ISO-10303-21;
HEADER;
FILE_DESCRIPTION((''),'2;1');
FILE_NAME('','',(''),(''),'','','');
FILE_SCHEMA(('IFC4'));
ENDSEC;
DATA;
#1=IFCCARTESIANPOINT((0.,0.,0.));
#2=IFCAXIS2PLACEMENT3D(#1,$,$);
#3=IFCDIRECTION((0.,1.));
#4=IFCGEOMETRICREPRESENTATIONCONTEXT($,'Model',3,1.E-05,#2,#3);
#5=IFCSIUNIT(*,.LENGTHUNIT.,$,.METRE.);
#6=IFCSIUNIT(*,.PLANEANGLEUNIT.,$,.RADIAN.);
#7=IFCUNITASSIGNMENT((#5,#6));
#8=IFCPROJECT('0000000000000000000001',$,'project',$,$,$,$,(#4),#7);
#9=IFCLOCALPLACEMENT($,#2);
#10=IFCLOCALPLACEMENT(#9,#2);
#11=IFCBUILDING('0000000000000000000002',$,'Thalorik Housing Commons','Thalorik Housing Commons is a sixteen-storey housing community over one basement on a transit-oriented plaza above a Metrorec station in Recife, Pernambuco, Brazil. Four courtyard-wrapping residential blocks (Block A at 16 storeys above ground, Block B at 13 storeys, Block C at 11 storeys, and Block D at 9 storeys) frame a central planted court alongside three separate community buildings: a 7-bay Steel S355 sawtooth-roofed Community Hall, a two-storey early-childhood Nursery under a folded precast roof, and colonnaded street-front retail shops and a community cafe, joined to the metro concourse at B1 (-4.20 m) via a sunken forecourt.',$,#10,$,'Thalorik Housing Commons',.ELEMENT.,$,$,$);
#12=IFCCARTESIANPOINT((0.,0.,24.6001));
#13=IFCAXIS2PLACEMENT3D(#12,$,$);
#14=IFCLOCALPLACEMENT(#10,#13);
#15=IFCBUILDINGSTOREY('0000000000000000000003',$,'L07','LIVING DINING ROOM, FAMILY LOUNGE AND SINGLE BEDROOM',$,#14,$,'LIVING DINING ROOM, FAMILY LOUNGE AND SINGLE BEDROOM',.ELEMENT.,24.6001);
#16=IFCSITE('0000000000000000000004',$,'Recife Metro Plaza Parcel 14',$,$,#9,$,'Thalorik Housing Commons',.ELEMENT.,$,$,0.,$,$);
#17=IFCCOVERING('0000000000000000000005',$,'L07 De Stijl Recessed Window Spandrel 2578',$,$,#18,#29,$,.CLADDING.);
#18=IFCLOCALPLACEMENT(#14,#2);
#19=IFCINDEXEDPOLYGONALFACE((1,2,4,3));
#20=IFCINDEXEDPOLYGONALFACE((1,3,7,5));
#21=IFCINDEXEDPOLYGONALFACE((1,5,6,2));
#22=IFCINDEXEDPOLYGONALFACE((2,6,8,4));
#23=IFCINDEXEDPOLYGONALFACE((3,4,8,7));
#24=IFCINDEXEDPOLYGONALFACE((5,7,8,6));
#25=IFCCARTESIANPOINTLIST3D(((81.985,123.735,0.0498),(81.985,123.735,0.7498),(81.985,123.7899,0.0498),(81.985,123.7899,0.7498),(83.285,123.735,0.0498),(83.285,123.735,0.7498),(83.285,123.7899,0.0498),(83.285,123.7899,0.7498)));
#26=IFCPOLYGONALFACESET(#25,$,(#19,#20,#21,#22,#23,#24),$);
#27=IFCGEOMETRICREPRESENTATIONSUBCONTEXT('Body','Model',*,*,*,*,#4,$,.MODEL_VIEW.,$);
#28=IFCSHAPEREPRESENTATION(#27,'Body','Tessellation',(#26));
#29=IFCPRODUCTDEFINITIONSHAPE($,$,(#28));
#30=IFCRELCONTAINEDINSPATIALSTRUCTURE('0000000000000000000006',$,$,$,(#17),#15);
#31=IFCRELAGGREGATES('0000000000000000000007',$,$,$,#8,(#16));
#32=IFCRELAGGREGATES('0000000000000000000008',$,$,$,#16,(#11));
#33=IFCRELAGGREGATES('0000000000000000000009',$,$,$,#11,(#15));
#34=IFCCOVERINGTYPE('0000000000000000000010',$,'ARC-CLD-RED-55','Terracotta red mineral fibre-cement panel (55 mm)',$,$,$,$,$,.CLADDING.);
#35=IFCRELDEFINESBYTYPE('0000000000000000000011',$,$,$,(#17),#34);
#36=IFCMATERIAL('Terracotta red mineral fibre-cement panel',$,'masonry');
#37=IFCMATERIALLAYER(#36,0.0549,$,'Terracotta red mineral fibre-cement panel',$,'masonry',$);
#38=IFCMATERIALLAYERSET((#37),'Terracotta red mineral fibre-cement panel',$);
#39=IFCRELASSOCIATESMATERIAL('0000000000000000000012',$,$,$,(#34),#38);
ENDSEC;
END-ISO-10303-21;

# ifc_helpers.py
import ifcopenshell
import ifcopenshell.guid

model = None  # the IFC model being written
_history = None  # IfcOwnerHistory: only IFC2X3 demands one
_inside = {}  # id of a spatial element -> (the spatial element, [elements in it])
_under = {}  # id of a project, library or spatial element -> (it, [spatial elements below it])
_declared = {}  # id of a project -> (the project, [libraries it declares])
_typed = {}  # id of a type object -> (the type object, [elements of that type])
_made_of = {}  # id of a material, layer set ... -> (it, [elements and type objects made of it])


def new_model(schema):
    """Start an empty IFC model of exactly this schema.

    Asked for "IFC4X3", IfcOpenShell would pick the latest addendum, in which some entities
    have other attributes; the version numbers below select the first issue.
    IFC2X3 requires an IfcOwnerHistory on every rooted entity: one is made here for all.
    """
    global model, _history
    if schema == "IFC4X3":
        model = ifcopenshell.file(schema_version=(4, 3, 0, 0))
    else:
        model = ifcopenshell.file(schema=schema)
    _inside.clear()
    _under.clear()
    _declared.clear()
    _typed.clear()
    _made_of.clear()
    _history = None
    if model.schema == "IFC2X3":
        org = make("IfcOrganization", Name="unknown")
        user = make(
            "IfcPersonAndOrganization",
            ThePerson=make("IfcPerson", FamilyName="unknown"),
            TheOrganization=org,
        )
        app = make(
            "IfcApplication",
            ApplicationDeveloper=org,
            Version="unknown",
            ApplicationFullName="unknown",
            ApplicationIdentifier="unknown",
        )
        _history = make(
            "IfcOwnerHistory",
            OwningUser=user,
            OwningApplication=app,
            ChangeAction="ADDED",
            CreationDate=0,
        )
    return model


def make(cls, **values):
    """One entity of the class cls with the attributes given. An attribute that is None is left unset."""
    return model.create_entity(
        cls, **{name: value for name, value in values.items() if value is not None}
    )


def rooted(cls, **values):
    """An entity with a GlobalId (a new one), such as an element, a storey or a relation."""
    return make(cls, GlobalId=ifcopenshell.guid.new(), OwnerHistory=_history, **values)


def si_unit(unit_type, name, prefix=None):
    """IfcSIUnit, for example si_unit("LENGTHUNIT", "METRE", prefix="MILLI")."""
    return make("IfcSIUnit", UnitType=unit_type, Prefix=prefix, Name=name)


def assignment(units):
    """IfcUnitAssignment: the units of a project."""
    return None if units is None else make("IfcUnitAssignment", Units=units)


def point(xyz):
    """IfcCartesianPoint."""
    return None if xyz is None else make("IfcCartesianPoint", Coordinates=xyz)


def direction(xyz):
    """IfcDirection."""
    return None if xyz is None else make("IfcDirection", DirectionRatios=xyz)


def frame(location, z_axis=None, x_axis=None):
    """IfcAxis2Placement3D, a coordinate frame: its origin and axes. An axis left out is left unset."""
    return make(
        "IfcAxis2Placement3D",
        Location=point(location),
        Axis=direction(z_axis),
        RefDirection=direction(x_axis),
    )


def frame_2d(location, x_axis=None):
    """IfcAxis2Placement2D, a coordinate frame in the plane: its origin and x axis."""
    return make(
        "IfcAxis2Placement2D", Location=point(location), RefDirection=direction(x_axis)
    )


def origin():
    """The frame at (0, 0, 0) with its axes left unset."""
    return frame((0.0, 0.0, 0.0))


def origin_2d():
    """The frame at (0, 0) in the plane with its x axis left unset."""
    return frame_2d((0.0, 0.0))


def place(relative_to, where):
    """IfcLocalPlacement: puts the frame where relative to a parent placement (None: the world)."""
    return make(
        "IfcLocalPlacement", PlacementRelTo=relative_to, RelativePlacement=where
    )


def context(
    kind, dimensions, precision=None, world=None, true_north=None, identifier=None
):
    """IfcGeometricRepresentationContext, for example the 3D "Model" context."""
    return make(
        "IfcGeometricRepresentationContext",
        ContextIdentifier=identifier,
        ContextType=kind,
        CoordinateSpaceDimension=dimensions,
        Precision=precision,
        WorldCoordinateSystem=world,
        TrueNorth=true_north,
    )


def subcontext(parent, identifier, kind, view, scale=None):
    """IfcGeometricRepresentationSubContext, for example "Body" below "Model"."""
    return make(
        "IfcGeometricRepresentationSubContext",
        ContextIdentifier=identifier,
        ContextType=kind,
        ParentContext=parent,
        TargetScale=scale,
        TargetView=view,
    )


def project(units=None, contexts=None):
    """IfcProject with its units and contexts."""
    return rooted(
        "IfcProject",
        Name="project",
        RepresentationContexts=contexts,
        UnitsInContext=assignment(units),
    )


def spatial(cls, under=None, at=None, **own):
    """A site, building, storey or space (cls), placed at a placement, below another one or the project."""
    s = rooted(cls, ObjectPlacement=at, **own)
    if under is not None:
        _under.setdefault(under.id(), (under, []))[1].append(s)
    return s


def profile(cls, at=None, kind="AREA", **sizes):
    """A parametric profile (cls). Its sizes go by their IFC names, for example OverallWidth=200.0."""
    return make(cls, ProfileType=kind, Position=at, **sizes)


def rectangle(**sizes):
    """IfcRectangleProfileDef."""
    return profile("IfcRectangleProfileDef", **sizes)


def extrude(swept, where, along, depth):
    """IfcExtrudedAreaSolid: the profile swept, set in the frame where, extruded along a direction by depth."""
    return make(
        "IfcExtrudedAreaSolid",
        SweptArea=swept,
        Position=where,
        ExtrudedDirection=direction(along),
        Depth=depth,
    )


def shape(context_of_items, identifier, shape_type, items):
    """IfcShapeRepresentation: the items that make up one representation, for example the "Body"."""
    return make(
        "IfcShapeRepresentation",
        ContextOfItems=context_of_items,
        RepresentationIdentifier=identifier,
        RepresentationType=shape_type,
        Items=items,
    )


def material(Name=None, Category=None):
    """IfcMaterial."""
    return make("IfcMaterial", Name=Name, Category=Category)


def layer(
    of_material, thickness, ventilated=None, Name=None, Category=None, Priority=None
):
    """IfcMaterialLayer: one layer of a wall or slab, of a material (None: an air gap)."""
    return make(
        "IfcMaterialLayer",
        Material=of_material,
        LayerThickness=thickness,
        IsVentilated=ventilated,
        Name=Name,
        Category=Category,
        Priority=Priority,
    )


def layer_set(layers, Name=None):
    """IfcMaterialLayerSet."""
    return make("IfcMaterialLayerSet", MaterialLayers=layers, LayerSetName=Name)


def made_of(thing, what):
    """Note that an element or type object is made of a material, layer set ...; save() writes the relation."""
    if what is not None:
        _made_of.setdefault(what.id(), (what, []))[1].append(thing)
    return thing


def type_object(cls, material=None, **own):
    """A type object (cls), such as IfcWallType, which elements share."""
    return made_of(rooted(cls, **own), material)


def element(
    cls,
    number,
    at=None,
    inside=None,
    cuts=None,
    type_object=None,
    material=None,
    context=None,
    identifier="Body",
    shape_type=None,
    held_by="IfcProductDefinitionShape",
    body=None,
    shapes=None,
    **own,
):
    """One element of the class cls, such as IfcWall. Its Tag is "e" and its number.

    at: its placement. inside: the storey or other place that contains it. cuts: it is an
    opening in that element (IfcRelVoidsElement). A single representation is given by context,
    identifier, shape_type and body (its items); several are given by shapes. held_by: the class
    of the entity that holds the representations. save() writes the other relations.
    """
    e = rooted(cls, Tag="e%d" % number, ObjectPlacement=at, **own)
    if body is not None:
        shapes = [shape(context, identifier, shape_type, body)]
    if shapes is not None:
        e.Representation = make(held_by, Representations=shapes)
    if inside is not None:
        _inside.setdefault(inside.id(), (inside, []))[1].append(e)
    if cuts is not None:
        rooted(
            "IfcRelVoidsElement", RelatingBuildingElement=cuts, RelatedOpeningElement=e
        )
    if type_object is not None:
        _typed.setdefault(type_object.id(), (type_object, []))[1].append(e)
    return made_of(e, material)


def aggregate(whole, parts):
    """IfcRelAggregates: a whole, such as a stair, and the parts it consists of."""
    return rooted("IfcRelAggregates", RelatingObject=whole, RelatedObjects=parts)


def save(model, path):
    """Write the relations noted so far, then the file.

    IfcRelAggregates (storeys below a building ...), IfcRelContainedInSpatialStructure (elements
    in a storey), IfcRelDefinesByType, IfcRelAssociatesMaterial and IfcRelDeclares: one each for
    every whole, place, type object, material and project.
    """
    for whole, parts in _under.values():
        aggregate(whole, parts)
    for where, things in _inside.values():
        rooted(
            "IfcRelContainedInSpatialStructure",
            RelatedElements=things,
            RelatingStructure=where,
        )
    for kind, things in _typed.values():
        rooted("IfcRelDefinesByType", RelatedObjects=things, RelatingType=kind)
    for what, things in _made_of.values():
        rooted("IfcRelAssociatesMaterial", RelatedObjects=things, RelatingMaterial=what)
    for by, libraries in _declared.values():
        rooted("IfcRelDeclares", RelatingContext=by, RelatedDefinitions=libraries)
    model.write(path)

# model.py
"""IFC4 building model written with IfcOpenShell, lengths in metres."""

from ifc_helpers import new_model, si_unit, direction, frame, origin, origin_2d, place, context, subcontext, project, spatial, rectangle, extrude, material, layer, layer_set, type_object, element, save


model = new_model("IFC4")

# Units and contexts
model_context = context("Model", 3, precision=1e-05, world=origin(), true_north=direction((0.0, 1.0)))
body_context = subcontext(model_context, "Body", "Model", "MODEL_VIEW")
ifc_project = project(units=[si_unit("LENGTHUNIT", "METRE"), si_unit("PLANEANGLEUNIT", "RADIAN")], contexts=[model_context])

# Site, building, storey
site_placement = place(None, origin())
site = spatial("IfcSite", under=ifc_project, at=site_placement, Name="Recife Metro Plaza Parcel 14", LongName="Thalorik Housing Commons", CompositionType="ELEMENT", RefElevation=0.0)
building_placement = place(site_placement, origin())
building = spatial("IfcBuilding", under=site, at=building_placement, Name="Thalorik Housing Commons", Description="Thalorik Housing Commons is a sixteen-storey housing community over one basement on a transit-oriented plaza above a Metrorec station in Recife, Pernambuco, Brazil. Four courtyard-wrapping residential blocks (Block A at 16 storeys above ground, Block B at 13 storeys, Block C at 11 storeys, and Block D at 9 storeys) frame a central planted court alongside three separate community buildings: a 7-bay Steel S355 sawtooth-roofed Community Hall, a two-storey early-childhood Nursery under a folded precast roof, and colonnaded street-front retail shops and a community cafe, joined to the metro concourse at B1 (-4.20 m) via a sunken forecourt.", LongName="Thalorik Housing Commons", CompositionType="ELEMENT")
storey_placement = place(building_placement, frame((0.0, 0.0, 24.6001)))
storey = spatial("IfcBuildingStorey", under=building, at=storey_placement, Name="L07", Description="LIVING DINING ROOM, FAMILY LOUNGE AND SINGLE BEDROOM", LongName="LIVING DINING ROOM, FAMILY LOUNGE AND SINGLE BEDROOM", CompositionType="ELEMENT", Elevation=24.6001)

# Covering
ifc_material_1 = material(Name="Terracotta red mineral fibre-cement panel", Category="masonry")
ifc_layer_1 = layer(ifc_material_1, 0.0549, Name="Terracotta red mineral fibre-cement panel", Category="masonry")
ifc_layer_set_1 = layer_set([ifc_layer_1], Name="Terracotta red mineral fibre-cement panel")
covering_type_1 = type_object("IfcCoveringType", Name="ARC-CLD-RED-55", Description="Terracotta red mineral fibre-cement panel (55 mm)", PredefinedType="CLADDING", material=ifc_layer_set_1)
covering_1_placement = place(storey_placement, frame((82.635, 123.7625, 0.0498), z_axis=(0.0, 0.0, 1.0), x_axis=(-1.0, 0.0, 0.0)))
element("IfcCovering", 1, at=covering_1_placement, inside=storey, type_object=covering_type_1, Name="L07 De Stijl Recessed Window Spandrel 2578", PredefinedType="CLADDING", context=body_context, shape_type="SweptSolid", body=[
    extrude(rectangle(XDim=1.3, YDim=0.0549, at=origin_2d()), origin(), (0.0, 0.0, 1.0), 0.7),
])

save(model, "model.ifc")
